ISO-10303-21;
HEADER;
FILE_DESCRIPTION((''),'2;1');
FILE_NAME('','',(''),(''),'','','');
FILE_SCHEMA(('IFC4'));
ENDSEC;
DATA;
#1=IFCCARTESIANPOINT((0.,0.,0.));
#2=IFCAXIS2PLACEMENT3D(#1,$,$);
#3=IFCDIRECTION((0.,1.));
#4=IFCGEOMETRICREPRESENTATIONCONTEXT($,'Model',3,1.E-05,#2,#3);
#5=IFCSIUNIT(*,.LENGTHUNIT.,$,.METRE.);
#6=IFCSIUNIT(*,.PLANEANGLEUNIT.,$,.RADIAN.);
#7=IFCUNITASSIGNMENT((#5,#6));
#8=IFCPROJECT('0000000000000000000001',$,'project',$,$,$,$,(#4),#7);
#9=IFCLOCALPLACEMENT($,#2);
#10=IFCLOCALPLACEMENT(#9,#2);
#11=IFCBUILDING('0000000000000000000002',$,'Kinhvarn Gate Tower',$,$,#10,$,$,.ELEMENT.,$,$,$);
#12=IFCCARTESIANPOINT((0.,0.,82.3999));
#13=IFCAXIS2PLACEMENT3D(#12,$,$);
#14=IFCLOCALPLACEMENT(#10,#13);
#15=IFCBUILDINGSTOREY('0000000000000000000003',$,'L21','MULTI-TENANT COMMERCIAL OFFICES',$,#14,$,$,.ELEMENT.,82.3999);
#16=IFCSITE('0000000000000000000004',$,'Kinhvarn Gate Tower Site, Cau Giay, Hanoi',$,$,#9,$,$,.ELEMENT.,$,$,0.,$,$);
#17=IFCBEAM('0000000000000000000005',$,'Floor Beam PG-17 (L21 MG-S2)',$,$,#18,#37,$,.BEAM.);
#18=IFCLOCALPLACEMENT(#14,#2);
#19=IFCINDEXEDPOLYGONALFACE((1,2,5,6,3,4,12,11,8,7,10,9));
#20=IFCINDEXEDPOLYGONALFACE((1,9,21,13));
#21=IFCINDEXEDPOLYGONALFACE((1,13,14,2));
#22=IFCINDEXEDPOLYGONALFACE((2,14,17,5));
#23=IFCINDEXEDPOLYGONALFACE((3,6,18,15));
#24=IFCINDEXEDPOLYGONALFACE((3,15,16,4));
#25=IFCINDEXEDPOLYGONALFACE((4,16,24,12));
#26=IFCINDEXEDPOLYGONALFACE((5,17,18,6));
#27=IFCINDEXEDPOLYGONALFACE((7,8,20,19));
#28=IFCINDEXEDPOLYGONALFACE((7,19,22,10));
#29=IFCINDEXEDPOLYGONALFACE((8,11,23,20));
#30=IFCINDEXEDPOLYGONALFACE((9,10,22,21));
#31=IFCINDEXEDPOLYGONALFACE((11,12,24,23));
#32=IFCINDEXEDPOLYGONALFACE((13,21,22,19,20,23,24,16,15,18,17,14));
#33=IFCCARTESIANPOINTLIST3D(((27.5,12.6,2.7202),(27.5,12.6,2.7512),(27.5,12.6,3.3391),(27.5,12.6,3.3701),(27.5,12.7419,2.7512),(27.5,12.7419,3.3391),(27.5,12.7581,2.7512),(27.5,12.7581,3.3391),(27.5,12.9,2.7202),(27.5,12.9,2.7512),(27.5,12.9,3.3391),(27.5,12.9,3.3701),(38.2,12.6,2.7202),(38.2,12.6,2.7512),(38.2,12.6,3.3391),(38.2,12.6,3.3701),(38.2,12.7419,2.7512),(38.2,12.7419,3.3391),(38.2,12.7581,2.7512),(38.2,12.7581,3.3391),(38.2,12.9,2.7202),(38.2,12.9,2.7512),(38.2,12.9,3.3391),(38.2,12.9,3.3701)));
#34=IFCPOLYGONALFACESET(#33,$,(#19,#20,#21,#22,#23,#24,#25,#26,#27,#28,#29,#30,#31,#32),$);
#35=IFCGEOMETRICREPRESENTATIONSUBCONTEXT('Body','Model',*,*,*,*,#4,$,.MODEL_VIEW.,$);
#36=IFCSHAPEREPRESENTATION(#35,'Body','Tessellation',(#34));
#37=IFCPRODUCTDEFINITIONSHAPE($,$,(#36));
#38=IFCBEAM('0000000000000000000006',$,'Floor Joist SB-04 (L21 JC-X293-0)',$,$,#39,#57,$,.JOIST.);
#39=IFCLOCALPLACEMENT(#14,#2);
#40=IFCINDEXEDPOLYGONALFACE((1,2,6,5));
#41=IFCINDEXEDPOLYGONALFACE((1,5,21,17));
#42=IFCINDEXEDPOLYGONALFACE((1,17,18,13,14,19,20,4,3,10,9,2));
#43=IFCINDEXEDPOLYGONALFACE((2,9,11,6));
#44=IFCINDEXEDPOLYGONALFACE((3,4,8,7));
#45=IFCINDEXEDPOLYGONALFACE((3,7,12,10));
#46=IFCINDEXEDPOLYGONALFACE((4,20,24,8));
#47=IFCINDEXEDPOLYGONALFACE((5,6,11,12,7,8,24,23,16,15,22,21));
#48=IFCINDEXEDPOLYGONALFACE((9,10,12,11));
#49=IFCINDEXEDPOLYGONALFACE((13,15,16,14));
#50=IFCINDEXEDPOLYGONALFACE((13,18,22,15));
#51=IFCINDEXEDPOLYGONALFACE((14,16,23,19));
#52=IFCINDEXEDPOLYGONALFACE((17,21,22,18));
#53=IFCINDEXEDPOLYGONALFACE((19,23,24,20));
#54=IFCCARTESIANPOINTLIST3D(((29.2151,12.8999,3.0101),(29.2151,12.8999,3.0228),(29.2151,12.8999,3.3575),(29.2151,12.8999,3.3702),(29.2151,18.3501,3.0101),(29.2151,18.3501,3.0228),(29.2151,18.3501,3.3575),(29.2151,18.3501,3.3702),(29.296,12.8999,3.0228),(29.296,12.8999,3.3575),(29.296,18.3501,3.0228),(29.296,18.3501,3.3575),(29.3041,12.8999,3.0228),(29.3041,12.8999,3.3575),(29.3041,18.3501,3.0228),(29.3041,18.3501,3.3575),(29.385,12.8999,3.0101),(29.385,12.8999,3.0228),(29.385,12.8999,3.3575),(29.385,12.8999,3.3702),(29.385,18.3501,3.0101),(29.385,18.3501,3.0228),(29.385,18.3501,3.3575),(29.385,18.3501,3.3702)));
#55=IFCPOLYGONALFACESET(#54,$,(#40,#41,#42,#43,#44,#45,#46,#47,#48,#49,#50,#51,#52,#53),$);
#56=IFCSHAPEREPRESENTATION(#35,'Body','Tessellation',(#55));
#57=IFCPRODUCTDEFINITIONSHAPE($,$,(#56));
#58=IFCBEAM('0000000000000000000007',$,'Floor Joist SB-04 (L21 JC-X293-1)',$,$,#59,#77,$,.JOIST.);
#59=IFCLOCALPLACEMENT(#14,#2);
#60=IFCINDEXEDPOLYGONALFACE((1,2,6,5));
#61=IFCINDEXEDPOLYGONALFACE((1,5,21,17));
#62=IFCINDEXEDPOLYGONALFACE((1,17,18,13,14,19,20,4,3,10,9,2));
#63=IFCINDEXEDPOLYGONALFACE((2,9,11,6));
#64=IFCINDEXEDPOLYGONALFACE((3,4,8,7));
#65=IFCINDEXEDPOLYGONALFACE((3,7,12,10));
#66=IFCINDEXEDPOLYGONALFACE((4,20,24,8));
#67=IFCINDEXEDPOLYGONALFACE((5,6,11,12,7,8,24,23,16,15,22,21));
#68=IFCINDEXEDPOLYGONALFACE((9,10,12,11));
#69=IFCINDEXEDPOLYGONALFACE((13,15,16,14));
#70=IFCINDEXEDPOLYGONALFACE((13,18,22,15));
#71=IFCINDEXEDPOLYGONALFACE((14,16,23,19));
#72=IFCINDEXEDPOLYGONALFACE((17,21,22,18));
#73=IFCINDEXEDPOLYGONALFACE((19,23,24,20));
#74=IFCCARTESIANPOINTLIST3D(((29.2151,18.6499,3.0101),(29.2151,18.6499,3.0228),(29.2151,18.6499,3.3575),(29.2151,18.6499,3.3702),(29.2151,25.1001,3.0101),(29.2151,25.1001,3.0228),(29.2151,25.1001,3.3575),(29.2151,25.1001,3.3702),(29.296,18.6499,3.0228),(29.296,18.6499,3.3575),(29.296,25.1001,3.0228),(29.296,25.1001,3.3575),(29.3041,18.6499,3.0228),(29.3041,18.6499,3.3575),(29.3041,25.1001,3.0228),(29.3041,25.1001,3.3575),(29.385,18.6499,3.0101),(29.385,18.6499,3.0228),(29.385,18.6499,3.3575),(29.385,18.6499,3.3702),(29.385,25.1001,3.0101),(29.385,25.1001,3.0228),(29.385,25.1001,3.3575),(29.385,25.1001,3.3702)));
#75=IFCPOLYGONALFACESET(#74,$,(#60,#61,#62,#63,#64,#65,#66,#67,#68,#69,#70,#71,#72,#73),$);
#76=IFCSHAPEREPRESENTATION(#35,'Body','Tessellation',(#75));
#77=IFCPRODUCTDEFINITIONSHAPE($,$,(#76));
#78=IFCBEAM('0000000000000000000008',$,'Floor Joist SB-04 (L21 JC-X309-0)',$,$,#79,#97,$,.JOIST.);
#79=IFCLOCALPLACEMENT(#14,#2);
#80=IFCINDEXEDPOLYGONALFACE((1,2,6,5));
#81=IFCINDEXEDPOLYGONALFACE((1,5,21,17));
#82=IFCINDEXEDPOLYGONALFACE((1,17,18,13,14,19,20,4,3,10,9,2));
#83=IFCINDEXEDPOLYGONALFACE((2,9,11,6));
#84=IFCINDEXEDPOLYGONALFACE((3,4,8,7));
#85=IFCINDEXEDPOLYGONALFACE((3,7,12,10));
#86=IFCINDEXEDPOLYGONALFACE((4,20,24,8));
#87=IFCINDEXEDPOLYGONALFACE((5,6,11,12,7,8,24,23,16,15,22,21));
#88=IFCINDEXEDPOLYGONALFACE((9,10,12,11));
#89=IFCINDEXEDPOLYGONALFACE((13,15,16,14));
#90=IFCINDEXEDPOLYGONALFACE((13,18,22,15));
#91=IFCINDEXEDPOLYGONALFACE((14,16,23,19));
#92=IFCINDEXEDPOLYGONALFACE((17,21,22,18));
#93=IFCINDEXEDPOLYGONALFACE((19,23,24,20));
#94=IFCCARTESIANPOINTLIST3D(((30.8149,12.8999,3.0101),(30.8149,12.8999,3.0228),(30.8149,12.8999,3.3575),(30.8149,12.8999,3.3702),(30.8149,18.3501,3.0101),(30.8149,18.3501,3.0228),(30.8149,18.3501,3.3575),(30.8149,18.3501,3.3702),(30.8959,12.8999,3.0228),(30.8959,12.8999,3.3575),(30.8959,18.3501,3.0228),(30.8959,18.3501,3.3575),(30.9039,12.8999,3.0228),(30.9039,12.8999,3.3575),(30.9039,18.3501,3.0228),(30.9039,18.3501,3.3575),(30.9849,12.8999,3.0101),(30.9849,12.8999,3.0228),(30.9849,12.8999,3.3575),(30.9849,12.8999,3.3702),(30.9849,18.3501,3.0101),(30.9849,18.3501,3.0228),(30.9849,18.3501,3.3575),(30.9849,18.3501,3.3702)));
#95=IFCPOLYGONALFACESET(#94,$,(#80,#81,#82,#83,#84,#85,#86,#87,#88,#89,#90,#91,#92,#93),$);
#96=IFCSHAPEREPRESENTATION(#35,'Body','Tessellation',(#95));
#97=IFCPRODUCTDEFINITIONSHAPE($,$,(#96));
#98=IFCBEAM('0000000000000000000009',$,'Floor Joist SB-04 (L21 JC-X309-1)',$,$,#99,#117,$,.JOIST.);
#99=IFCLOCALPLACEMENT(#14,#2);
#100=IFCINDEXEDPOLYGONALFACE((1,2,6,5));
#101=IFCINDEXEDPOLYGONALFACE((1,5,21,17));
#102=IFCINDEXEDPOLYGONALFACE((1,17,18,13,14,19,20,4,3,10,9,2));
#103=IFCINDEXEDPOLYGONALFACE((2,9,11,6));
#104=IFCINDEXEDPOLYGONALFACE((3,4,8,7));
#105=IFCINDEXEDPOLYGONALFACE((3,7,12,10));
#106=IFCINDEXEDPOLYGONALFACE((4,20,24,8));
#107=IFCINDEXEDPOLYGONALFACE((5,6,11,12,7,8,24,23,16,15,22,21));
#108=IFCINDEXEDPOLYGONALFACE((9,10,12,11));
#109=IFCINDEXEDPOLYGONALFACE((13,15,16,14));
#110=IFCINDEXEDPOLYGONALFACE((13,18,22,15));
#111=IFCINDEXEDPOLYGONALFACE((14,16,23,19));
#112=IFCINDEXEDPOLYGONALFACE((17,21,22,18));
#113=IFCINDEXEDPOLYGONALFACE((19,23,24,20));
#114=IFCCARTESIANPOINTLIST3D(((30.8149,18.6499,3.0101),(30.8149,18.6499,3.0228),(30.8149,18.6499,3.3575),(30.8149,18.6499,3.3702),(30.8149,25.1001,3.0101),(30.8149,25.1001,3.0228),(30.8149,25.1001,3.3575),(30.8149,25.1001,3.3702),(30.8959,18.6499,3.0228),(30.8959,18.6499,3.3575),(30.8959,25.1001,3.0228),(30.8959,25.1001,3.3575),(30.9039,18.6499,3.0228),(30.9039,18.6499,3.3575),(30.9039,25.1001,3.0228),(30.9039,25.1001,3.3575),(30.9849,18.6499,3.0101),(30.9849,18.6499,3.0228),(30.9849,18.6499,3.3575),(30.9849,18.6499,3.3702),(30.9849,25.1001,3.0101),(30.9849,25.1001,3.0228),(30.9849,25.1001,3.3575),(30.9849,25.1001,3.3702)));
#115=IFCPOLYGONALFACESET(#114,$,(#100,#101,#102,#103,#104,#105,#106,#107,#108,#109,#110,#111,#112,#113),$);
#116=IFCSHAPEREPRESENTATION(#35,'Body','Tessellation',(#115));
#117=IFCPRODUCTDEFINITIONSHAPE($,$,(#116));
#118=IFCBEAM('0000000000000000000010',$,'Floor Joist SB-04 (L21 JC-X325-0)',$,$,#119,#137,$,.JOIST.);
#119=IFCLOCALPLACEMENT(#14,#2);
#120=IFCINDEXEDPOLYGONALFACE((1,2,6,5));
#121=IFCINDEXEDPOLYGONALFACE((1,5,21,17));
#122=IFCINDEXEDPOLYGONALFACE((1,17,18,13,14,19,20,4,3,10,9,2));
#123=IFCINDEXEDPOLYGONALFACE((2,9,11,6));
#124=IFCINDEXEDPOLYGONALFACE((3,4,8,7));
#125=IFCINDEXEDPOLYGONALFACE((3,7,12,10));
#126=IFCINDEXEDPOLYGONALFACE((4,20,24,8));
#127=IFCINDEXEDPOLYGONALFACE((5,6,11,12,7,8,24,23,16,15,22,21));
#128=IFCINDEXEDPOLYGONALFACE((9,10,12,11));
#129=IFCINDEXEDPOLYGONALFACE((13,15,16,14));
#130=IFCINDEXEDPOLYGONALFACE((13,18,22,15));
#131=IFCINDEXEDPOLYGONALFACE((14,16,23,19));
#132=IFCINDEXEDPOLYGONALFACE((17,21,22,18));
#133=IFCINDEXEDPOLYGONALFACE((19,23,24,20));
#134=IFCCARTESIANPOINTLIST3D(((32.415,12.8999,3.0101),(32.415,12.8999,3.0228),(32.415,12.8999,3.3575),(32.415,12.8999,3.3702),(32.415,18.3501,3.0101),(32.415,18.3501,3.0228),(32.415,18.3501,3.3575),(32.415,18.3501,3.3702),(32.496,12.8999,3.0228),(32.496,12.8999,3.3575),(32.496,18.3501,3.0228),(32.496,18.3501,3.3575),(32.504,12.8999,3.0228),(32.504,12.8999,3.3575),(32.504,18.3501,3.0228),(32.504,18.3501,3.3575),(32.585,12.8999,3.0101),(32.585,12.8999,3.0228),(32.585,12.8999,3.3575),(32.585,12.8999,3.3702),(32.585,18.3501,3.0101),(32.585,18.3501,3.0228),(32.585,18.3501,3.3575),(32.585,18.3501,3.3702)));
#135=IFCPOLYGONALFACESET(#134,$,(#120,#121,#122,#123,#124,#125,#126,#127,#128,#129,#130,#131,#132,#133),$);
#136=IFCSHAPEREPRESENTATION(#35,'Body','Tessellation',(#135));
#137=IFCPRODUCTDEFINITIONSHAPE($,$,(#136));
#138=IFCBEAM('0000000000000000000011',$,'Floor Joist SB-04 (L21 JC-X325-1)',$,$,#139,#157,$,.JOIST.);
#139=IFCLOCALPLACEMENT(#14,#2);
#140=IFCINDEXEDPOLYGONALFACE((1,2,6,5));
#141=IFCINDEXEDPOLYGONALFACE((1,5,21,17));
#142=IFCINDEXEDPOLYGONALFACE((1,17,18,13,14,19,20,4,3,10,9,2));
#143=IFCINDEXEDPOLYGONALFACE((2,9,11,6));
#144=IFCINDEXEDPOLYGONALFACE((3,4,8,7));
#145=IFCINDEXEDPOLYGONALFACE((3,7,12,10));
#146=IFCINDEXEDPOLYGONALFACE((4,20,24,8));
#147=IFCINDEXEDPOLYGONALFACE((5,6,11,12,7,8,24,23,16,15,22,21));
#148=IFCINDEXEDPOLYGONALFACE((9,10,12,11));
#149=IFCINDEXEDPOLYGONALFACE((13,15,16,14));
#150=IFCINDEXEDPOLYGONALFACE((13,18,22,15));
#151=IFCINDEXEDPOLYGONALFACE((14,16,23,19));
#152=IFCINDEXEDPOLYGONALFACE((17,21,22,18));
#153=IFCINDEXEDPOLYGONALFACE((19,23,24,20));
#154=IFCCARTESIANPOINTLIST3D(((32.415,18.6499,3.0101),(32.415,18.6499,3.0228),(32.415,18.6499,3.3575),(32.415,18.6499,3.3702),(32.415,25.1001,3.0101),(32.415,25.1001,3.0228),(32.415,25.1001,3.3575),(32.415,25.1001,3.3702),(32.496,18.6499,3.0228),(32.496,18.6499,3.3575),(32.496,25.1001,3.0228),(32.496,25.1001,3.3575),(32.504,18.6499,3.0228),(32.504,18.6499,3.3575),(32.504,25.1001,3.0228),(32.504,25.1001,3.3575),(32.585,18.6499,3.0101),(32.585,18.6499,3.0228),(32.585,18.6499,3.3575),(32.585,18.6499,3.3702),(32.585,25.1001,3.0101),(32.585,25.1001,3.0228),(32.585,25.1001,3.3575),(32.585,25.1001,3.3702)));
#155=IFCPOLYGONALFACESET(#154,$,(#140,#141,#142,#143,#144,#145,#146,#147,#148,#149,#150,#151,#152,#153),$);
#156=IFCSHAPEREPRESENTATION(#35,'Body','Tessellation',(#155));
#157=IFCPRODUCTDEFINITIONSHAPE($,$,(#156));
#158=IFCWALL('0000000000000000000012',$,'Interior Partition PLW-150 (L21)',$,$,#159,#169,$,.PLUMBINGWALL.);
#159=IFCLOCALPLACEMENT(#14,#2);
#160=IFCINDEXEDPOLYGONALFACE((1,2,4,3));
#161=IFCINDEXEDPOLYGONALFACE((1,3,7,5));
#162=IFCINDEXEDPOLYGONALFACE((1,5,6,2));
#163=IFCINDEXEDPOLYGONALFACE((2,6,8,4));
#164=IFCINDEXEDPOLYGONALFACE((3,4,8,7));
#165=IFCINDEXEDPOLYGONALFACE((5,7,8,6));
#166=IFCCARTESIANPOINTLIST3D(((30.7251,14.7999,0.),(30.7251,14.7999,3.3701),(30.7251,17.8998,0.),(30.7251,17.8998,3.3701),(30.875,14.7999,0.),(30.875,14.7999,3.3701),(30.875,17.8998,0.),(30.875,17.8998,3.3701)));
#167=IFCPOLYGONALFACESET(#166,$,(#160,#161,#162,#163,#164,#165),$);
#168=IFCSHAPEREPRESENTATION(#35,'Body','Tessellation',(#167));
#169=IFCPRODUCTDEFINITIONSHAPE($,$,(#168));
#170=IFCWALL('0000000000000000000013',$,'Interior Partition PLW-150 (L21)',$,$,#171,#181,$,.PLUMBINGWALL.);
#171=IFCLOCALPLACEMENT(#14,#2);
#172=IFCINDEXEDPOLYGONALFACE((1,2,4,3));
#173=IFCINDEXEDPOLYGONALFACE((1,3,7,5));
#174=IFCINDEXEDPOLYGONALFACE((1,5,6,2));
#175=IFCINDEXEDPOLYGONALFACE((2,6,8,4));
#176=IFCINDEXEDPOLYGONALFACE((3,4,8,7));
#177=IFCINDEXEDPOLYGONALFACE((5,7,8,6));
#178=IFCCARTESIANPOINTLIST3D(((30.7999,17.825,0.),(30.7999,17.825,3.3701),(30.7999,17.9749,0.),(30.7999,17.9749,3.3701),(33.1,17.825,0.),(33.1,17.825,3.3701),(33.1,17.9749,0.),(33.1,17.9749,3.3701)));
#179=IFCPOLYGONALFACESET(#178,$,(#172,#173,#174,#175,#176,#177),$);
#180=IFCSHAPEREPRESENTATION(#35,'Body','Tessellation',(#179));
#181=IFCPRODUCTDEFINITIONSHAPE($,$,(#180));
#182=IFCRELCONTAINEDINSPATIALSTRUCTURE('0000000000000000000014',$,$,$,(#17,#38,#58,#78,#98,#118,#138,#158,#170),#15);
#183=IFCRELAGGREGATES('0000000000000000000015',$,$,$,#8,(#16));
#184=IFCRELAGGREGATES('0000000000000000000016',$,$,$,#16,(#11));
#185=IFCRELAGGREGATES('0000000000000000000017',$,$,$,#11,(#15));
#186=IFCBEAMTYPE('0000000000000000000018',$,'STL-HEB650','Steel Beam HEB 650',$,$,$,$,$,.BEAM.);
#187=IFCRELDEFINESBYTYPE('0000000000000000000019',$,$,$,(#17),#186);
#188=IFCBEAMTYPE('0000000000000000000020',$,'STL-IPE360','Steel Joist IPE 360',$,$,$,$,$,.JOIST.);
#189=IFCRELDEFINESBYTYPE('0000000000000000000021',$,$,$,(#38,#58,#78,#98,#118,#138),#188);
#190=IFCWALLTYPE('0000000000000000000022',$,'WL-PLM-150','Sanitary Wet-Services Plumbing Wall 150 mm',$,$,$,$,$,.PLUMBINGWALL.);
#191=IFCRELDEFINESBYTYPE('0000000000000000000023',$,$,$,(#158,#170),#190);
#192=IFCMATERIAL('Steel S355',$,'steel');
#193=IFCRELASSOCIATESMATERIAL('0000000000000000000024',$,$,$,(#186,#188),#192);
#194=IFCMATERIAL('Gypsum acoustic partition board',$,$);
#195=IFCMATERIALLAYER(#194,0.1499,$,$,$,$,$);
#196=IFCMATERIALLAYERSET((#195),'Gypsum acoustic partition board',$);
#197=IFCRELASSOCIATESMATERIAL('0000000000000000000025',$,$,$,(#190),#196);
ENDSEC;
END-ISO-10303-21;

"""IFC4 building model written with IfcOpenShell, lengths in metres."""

from ifc_helpers import new_model, si_unit, direction, frame, frame_2d, origin, origin_2d, place, context, subcontext, project, spatial, rectangle, i_section, extrude, material, layer, layer_set, material_profile, profile_set, type_object, element, save


model = new_model("IFC4")

# Units and contexts
model_context = context("Model", 3, precision=1e-05, world=origin(), true_north=direction((0.0, 1.0)))
body_context = subcontext(model_context, "Body", "Model", "MODEL_VIEW")
ifc_project = project(units=[si_unit("LENGTHUNIT", "METRE"), si_unit("PLANEANGLEUNIT", "RADIAN")], contexts=[model_context])

# Site, building, storey
site_placement = place(None, origin())
site = spatial("IfcSite", under=ifc_project, at=site_placement, Name="Kinhvarn Gate Tower Site, Cau Giay, Hanoi", CompositionType="ELEMENT", RefElevation=0.0)
building_placement = place(site_placement, origin())
building = spatial("IfcBuilding", under=site, at=building_placement, Name="Kinhvarn Gate Tower", CompositionType="ELEMENT")
storey_placement = place(building_placement, frame((0.0, 0.0, 82.3999)))
storey = spatial("IfcBuildingStorey", under=building, at=storey_placement, Name="L21", Description="MULTI-TENANT COMMERCIAL OFFICES", CompositionType="ELEMENT", Elevation=82.3999)

# Beams
ifc_material_1 = material(Name="Steel S355", Category="steel")
ifc_material_profile_1 = material_profile(ifc_material_1, i_section(OverallWidth=0.3, OverallDepth=0.6499, WebThickness=0.0161, FlangeThickness=0.031, at=origin_2d()), Name="HEB 650")
ifc_profile_set_1 = profile_set([ifc_material_profile_1], Name="Steel S355")
beam_type_1 = type_object("IfcBeamType", Name="STL-HEB650", Description="Steel Beam HEB 650", PredefinedType="BEAM", material=ifc_profile_set_1)
beam_1_placement = place(storey_placement, frame((27.5, 12.75, 3.0452), z_axis=(1.0, 0.0, 0.0), x_axis=(0.0, 1.0, 0.0)))
element("IfcBeam", 1, at=beam_1_placement, inside=storey, type_object=beam_type_1, Name="Floor Beam PG-17 (L21 MG-S2)", PredefinedType="BEAM", context=body_context, shape_type="SweptSolid", body=[
    extrude(i_section(OverallWidth=0.3, OverallDepth=0.6499, WebThickness=0.0161, FlangeThickness=0.031, at=origin_2d()), origin(), (0.0, 0.0, 1.0), 10.7),
])
ifc_material_profile_2 = material_profile(ifc_material_1, i_section(OverallWidth=0.1699, OverallDepth=0.3601, WebThickness=0.0081, FlangeThickness=0.0127, at=origin_2d()), Name="IPE 360")
ifc_profile_set_2 = profile_set([ifc_material_profile_2], Name="Steel S355")
beam_type_2 = type_object("IfcBeamType", Name="STL-IPE360", Description="Steel Joist IPE 360", PredefinedType="JOIST", material=ifc_profile_set_2)
beam_2_placement = place(storey_placement, frame((29.3, 12.8999, 3.1902), z_axis=(0.0, 1.0, 0.0), x_axis=(-1.0, 0.0, 0.0)))
element("IfcBeam", 2, at=beam_2_placement, inside=storey, type_object=beam_type_2, Name="Floor Joist SB-04 (L21 JC-X293-0)", PredefinedType="JOIST", context=body_context, shape_type="SweptSolid", body=[
    extrude(i_section(OverallWidth=0.1699, OverallDepth=0.3601, WebThickness=0.0081, FlangeThickness=0.0127, at=origin_2d()), origin(), (0.0, 0.0, 1.0), 5.4502),
])
beam_3_placement = place(storey_placement, frame((29.3, 18.6499, 3.1902), z_axis=(0.0, 1.0, 0.0), x_axis=(-1.0, 0.0, 0.0)))
element("IfcBeam", 3, at=beam_3_placement, inside=storey, type_object=beam_type_2, Name="Floor Joist SB-04 (L21 JC-X293-1)", PredefinedType="JOIST", context=body_context, shape_type="SweptSolid", body=[
    extrude(i_section(OverallWidth=0.1699, OverallDepth=0.3601, WebThickness=0.0081, FlangeThickness=0.0127, at=origin_2d()), origin(), (0.0, 0.0, 1.0), 6.4502),
])
beam_4_placement = place(storey_placement, frame((30.8999, 12.8999, 3.1902), z_axis=(0.0, 1.0, 0.0), x_axis=(-1.0, 0.0, 0.0)))
element("IfcBeam", 4, at=beam_4_placement, inside=storey, type_object=beam_type_2, Name="Floor Joist SB-04 (L21 JC-X309-0)", PredefinedType="JOIST", context=body_context, shape_type="SweptSolid", body=[
    extrude(i_section(OverallWidth=0.1699, OverallDepth=0.3601, WebThickness=0.0081, FlangeThickness=0.0127, at=origin_2d()), origin(), (0.0, 0.0, 1.0), 5.4502),
])
beam_5_placement = place(storey_placement, frame((30.8999, 18.6499, 3.1902), z_axis=(0.0, 1.0, 0.0), x_axis=(-1.0, 0.0, 0.0)))
element("IfcBeam", 5, at=beam_5_placement, inside=storey, type_object=beam_type_2, Name="Floor Joist SB-04 (L21 JC-X309-1)", PredefinedType="JOIST", context=body_context, shape_type="SweptSolid", body=[
    extrude(i_section(OverallWidth=0.1699, OverallDepth=0.3601, WebThickness=0.0081, FlangeThickness=0.0127, at=origin_2d()), origin(), (0.0, 0.0, 1.0), 6.4502),
])
beam_6_placement = place(storey_placement, frame((32.5, 12.8999, 3.1902), z_axis=(0.0, 1.0, 0.0), x_axis=(-1.0, 0.0, 0.0)))
element("IfcBeam", 6, at=beam_6_placement, inside=storey, type_object=beam_type_2, Name="Floor Joist SB-04 (L21 JC-X325-0)", PredefinedType="JOIST", context=body_context, shape_type="SweptSolid", body=[
    extrude(i_section(OverallWidth=0.1699, OverallDepth=0.3601, WebThickness=0.0081, FlangeThickness=0.0127, at=origin_2d()), origin(), (0.0, 0.0, 1.0), 5.4502),
])
beam_7_placement = place(storey_placement, frame((32.5, 18.6499, 3.1902), z_axis=(0.0, 1.0, 0.0), x_axis=(-1.0, 0.0, 0.0)))
element("IfcBeam", 7, at=beam_7_placement, inside=storey, type_object=beam_type_2, Name="Floor Joist SB-04 (L21 JC-X325-1)", PredefinedType="JOIST", context=body_context, shape_type="SweptSolid", body=[
    extrude(i_section(OverallWidth=0.1699, OverallDepth=0.3601, WebThickness=0.0081, FlangeThickness=0.0127, at=origin_2d()), origin(), (0.0, 0.0, 1.0), 6.4502),
])

# Walls
ifc_material_2 = material(Name="Gypsum acoustic partition board")
ifc_layer_1 = layer(ifc_material_2, 0.1499)
ifc_layer_set_1 = layer_set([ifc_layer_1], Name="Gypsum acoustic partition board")
wall_type_1 = type_object("IfcWallType", Name="WL-PLM-150", Description="Sanitary Wet-Services Plumbing Wall 150 mm", PredefinedType="PLUMBINGWALL", material=ifc_layer_set_1)
wall_1_placement = place(storey_placement, frame((30.8, 14.8, 0.0), z_axis=(0.0, 0.0, 1.0), x_axis=(0.0, 1.0, 0.0)))
element("IfcWall", 8, at=wall_1_placement, inside=storey, type_object=wall_type_1, Name="Interior Partition PLW-150 (L21)", PredefinedType="PLUMBINGWALL", context=body_context, shape_type="SweptSolid", body=[
    extrude(rectangle(XDim=3.0999, YDim=0.1499, at=frame_2d((1.5498, 0.0))), origin(), (0.0, 0.0, 1.0), 3.3701),
])
wall_2_placement = place(storey_placement, frame((30.8, 17.8999, 0.0), z_axis=(0.0, 0.0, 1.0), x_axis=(1.0, 0.0, 0.0)))
element("IfcWall", 9, at=wall_2_placement, inside=storey, type_object=wall_type_1, Name="Interior Partition PLW-150 (L21)", PredefinedType="PLUMBINGWALL", context=body_context, shape_type="SweptSolid", body=[
    extrude(rectangle(XDim=2.3, YDim=0.1499, at=frame_2d((1.1499, 0.0))), origin(), (0.0, 0.0, 1.0), 3.3701),
])

save(model, "model.ifc")
